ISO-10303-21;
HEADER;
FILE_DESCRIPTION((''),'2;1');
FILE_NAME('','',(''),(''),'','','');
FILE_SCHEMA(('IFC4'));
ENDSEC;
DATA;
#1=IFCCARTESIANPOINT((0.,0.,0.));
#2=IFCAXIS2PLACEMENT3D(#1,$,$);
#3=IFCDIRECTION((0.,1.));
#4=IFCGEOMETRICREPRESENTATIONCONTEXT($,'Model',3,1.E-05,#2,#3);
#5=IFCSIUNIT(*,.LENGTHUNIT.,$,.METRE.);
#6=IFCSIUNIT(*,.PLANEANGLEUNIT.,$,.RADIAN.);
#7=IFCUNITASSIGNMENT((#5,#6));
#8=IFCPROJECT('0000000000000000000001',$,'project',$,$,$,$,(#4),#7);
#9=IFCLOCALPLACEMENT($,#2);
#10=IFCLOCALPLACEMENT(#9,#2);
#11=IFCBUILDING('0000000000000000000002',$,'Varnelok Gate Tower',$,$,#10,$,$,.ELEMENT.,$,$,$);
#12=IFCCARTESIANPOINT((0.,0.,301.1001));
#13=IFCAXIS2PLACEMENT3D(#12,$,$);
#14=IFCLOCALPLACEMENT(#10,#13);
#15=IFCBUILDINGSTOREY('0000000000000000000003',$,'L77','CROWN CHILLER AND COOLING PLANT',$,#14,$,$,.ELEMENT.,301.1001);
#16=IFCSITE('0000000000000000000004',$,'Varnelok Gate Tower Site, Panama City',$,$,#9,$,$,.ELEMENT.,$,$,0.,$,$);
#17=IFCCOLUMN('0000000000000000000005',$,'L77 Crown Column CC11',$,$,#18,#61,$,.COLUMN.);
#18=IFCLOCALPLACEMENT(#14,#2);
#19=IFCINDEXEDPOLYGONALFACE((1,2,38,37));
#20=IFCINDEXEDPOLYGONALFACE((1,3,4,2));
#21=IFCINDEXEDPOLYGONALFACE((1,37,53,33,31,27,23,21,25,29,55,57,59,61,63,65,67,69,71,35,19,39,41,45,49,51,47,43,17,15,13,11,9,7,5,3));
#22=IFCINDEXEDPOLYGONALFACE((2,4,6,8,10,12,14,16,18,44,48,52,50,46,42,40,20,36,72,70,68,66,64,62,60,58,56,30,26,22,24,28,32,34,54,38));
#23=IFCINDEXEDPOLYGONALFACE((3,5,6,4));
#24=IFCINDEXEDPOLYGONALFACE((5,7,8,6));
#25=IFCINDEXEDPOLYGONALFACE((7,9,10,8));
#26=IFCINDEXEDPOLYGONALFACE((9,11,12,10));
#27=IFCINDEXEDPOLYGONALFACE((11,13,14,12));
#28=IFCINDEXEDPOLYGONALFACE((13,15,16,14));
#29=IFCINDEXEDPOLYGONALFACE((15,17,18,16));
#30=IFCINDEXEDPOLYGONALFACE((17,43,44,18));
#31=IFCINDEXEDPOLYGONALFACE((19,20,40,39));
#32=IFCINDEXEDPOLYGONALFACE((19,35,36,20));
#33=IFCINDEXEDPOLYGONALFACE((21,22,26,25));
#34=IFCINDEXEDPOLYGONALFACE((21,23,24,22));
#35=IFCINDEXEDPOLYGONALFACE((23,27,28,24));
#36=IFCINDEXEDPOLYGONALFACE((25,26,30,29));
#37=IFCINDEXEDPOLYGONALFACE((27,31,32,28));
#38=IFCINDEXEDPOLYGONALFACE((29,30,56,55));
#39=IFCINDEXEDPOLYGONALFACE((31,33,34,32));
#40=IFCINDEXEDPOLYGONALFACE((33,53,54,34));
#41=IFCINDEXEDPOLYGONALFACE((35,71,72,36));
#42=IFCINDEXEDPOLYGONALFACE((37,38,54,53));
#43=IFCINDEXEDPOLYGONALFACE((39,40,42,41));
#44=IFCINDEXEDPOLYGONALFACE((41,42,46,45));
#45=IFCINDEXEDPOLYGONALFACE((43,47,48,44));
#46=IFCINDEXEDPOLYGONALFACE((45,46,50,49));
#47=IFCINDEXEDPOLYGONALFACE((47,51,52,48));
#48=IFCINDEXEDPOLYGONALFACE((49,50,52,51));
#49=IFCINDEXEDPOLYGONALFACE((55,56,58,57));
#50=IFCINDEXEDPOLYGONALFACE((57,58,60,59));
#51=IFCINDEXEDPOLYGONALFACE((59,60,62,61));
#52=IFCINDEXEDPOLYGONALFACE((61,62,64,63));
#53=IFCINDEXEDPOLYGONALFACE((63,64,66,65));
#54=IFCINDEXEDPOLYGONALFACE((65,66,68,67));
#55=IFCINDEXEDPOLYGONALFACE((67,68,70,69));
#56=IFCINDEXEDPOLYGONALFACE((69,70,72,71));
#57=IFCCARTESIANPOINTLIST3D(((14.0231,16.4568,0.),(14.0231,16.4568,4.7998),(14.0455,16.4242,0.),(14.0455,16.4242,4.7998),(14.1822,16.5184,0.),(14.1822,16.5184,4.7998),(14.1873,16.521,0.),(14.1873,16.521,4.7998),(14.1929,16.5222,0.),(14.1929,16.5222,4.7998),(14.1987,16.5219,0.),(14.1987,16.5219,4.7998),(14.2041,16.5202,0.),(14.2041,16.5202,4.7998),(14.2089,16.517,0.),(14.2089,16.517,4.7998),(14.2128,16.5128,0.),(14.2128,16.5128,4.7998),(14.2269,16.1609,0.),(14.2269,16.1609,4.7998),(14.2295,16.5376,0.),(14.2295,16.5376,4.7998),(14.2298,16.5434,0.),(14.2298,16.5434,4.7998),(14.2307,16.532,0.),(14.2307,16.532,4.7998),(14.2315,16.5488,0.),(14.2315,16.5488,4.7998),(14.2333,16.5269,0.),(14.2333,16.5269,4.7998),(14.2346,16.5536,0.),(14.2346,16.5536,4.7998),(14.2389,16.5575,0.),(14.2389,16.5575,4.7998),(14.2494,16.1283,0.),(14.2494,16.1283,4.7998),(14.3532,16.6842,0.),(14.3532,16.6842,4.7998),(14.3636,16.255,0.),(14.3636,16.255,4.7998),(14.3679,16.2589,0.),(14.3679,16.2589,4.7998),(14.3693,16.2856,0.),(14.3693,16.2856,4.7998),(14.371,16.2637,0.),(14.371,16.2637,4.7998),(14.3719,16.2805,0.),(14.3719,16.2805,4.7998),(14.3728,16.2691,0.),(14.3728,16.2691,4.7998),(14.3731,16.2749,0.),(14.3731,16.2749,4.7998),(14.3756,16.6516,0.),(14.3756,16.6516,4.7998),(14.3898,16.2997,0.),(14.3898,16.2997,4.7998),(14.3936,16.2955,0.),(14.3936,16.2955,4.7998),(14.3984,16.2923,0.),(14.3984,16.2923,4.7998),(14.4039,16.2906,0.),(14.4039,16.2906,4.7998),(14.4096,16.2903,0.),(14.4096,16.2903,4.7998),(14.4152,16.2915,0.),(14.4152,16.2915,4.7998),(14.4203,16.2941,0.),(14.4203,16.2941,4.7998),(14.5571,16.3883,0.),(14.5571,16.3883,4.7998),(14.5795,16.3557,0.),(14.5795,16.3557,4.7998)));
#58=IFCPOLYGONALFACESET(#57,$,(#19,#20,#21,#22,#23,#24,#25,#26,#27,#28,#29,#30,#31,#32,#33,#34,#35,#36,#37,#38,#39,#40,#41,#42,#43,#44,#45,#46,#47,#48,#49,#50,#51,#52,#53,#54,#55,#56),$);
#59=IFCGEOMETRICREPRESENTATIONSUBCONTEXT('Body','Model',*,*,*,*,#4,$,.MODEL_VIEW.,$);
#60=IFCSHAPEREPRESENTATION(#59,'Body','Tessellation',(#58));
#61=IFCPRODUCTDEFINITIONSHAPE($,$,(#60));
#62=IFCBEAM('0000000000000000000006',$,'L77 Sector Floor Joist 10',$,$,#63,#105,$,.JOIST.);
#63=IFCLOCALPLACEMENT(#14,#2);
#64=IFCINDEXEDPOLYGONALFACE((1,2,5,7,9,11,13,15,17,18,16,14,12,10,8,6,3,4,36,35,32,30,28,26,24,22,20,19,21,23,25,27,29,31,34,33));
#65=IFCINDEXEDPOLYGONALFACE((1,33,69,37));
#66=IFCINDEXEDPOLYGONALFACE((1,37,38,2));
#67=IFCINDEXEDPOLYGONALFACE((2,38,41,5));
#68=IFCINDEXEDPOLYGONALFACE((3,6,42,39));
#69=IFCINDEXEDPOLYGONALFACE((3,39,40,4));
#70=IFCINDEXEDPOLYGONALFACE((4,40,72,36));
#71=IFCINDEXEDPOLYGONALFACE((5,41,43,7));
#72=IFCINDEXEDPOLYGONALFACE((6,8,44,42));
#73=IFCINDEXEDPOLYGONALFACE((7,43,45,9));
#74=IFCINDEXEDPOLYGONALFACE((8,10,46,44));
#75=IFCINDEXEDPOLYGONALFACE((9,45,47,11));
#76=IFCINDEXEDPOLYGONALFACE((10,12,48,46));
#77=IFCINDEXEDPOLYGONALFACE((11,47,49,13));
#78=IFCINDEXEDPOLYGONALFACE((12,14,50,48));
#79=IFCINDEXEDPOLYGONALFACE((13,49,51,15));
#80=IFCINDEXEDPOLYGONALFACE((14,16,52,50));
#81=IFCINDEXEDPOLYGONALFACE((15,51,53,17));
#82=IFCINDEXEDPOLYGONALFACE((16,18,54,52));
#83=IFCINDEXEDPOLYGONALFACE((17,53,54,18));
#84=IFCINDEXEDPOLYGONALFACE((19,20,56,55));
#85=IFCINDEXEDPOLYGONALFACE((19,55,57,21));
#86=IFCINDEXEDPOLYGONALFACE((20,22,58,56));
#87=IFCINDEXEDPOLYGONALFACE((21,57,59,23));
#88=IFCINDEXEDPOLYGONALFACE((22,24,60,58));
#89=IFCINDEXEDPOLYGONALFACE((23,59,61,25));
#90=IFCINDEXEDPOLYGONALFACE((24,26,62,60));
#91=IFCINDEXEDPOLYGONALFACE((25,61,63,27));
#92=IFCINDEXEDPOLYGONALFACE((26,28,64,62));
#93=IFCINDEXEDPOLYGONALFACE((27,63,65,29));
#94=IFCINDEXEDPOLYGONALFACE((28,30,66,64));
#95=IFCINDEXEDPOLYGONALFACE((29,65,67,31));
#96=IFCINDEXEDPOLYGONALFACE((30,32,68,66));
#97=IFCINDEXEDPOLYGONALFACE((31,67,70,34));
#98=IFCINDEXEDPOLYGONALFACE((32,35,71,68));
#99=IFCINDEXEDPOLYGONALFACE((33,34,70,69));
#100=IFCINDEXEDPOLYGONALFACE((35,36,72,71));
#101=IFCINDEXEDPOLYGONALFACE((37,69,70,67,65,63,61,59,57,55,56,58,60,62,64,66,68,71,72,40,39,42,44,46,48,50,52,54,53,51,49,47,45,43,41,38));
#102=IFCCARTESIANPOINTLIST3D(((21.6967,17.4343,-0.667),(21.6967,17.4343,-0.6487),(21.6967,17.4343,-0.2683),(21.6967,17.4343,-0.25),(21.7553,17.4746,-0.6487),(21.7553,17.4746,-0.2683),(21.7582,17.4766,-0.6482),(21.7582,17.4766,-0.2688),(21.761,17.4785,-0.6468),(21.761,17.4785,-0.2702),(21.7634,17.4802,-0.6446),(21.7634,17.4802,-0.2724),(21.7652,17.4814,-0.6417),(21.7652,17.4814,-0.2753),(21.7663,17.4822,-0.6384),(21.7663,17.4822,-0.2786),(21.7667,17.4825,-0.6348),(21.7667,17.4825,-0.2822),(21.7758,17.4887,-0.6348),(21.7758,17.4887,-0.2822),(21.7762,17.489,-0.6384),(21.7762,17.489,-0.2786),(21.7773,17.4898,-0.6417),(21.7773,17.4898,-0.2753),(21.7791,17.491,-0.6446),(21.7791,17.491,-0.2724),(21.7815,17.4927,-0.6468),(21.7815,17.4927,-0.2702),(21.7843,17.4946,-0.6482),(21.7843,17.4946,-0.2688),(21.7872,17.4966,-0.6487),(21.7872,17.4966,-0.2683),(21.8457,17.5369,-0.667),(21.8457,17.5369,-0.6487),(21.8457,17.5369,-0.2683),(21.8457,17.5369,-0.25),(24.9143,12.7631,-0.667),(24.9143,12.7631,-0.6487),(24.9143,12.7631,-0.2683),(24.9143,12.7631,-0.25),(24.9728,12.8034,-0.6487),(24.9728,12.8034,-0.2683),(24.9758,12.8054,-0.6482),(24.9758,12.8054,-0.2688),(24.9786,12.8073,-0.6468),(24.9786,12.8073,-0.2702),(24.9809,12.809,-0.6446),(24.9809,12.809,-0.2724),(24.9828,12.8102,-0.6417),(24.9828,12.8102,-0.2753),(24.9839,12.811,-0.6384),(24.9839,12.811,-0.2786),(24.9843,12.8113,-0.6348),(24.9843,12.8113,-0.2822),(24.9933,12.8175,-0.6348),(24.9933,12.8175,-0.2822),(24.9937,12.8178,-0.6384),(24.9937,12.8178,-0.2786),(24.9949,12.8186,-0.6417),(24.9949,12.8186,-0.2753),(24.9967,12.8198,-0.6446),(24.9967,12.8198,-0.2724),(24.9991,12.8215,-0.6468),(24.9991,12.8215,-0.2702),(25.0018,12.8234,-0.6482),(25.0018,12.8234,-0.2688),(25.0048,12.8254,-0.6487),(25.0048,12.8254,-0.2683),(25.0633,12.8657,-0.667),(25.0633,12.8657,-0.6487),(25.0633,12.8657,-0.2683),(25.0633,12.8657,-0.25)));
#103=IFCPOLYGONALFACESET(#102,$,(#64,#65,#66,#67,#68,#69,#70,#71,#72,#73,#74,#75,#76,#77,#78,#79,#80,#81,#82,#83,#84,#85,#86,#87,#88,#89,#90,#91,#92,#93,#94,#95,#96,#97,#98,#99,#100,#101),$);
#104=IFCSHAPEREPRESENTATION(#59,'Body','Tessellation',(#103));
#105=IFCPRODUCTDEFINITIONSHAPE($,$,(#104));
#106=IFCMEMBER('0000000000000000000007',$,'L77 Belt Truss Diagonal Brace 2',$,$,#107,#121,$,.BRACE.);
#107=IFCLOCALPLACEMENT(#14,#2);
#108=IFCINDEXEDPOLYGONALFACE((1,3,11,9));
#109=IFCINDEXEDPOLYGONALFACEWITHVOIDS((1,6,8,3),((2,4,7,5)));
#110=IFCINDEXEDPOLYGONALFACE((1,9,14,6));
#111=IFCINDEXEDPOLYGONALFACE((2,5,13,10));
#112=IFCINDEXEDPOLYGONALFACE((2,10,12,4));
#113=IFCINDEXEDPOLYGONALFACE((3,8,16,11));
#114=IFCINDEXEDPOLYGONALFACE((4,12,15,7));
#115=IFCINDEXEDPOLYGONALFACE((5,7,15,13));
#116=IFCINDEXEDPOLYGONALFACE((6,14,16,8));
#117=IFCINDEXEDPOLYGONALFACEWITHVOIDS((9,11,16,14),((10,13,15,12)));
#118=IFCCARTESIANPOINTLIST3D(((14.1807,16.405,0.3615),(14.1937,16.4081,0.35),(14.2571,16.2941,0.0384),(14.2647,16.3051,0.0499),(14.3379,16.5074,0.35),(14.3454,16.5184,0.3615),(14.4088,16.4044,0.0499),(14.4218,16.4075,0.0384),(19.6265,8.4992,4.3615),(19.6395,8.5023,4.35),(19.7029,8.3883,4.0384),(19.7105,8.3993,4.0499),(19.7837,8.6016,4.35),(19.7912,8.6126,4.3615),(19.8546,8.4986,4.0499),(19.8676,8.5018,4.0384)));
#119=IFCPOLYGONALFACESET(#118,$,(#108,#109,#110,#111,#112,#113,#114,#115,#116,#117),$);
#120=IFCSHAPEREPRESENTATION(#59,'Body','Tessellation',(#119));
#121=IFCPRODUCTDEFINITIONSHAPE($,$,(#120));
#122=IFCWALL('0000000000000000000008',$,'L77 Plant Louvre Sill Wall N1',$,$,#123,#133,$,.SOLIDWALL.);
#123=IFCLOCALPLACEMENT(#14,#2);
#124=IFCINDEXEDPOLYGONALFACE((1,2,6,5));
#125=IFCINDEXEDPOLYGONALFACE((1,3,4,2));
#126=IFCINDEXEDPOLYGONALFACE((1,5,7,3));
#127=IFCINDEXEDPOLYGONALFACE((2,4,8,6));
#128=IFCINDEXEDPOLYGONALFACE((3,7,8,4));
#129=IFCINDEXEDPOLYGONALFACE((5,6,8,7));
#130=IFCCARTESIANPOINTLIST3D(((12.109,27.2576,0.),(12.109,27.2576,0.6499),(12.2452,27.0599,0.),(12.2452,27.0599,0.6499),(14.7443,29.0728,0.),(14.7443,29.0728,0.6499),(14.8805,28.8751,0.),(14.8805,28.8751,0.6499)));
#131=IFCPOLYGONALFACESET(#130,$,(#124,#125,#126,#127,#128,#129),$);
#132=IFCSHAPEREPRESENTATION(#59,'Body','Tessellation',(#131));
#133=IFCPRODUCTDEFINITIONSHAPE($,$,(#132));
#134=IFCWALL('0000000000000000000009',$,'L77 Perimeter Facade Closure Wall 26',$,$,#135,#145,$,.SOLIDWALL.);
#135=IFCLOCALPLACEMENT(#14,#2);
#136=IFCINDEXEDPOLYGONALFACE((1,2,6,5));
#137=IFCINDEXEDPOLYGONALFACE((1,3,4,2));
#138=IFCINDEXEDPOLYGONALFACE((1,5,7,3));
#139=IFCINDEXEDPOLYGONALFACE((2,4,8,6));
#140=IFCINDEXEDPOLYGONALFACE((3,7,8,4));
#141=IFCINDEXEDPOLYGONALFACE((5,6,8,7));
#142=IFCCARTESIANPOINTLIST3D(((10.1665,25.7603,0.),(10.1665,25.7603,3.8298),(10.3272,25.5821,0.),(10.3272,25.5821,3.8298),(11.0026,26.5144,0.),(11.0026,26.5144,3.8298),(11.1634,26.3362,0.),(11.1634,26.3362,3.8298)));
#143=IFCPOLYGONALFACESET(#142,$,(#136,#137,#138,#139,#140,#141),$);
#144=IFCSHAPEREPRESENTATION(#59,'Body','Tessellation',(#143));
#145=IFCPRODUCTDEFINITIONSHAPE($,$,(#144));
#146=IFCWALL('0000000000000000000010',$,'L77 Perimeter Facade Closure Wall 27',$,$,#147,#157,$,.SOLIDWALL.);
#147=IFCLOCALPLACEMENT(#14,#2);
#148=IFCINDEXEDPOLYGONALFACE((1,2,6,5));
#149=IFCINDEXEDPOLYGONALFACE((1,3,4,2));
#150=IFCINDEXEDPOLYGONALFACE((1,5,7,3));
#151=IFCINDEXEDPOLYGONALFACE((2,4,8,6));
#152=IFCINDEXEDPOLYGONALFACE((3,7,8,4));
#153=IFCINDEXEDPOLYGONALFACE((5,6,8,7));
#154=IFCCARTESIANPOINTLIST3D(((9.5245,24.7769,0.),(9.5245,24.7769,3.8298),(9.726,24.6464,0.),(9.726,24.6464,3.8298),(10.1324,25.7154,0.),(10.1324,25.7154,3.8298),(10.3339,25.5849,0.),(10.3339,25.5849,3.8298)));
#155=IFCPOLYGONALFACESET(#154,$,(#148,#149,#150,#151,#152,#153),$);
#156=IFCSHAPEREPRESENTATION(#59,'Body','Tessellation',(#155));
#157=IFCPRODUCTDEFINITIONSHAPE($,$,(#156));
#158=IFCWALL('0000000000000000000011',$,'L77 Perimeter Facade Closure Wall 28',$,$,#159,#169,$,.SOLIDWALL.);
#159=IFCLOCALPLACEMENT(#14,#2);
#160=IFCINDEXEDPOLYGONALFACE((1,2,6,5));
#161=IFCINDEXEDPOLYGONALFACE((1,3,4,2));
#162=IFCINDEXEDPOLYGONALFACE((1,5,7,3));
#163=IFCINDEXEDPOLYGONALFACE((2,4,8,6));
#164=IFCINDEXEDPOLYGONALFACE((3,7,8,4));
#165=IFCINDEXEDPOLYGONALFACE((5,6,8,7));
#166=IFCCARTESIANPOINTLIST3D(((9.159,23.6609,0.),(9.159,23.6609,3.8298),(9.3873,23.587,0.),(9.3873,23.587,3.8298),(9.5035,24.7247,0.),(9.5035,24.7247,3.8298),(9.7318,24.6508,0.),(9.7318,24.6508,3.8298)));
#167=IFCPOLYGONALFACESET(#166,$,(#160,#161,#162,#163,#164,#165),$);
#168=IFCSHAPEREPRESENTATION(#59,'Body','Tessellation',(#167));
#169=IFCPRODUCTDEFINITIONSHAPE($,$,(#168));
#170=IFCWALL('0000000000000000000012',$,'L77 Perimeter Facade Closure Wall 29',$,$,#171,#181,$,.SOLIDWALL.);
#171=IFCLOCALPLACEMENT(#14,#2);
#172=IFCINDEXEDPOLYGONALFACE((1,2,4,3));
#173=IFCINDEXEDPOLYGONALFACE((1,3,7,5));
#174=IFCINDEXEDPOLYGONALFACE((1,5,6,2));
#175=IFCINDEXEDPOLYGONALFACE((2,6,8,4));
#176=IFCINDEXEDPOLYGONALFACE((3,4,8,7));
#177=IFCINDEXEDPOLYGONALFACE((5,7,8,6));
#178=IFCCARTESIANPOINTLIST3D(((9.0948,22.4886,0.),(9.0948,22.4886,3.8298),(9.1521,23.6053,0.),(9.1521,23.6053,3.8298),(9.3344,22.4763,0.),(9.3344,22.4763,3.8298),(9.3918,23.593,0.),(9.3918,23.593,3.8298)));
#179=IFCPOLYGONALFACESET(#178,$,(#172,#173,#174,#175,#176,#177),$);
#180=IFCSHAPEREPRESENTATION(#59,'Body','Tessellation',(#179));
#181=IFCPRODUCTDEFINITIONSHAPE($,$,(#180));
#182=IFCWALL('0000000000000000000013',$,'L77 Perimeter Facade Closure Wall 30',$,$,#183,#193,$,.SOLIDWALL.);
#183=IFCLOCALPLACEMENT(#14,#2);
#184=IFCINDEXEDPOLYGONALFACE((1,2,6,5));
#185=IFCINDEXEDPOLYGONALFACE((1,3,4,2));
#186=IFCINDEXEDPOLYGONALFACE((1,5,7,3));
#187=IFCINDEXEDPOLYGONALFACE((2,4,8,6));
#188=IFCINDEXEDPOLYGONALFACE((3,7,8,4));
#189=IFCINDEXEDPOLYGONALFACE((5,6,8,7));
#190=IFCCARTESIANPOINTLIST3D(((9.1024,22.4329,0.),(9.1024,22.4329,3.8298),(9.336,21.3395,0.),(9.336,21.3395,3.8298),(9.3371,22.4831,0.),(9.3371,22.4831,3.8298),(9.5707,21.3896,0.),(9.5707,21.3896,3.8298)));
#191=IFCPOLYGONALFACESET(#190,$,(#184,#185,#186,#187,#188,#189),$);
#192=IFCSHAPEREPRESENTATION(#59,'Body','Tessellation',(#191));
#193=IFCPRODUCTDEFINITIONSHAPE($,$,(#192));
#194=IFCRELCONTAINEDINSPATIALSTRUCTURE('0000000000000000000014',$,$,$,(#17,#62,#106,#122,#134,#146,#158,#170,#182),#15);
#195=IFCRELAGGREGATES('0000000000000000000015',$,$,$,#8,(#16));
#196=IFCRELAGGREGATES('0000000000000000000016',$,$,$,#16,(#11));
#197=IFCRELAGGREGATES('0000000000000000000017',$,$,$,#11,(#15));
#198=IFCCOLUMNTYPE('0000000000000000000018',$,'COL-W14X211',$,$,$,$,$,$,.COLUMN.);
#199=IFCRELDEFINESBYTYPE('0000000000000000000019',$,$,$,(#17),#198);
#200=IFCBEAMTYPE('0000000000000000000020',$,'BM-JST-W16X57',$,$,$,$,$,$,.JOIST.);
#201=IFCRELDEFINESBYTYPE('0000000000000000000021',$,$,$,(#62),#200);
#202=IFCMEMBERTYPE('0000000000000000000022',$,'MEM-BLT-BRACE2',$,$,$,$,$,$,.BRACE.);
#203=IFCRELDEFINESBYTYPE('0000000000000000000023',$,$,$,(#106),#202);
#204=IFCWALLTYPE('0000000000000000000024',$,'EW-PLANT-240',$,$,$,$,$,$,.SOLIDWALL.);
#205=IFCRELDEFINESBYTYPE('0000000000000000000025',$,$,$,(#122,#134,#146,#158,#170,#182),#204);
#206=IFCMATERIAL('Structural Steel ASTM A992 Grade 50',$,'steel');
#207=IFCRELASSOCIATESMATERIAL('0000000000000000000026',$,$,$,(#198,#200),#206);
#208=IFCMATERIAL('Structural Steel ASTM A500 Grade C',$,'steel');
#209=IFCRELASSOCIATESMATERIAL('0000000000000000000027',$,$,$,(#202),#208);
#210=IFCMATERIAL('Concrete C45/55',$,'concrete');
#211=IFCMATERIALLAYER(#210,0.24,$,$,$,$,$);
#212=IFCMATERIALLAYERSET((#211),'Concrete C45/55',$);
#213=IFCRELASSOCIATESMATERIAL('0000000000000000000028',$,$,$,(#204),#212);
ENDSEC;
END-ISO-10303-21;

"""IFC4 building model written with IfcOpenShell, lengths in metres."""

from ifc_helpers import new_model, si_unit, direction, frame, frame_2d, origin, origin_2d, place, context, subcontext, project, spatial, rectangle, hollow_rectangle, i_section, extrude, material, layer, layer_set, material_profile, profile_set, type_object, element, save


model = new_model("IFC4")

# Units and contexts
model_context = context("Model", 3, precision=1e-05, world=origin(), true_north=direction((0.0, 1.0)))
body_context = subcontext(model_context, "Body", "Model", "MODEL_VIEW")
ifc_project = project(units=[si_unit("LENGTHUNIT", "METRE"), si_unit("PLANEANGLEUNIT", "RADIAN")], contexts=[model_context])

# Site, building, storey
site_placement = place(None, origin())
site = spatial("IfcSite", under=ifc_project, at=site_placement, Name="Varnelok Gate Tower Site, Panama City", CompositionType="ELEMENT", RefElevation=0.0)
building_placement = place(site_placement, origin())
building = spatial("IfcBuilding", under=site, at=building_placement, Name="Varnelok Gate Tower", CompositionType="ELEMENT")
storey_placement = place(building_placement, frame((0.0, 0.0, 301.1001)))
storey = spatial("IfcBuildingStorey", under=building, at=storey_placement, Name="L77", Description="CROWN CHILLER AND COOLING PLANT", CompositionType="ELEMENT", Elevation=301.1001)

# Column
ifc_material_1 = material(Name="Structural Steel ASTM A992 Grade 50", Category="steel")
ifc_material_profile_1 = material_profile(ifc_material_1, i_section(OverallWidth=0.4009, OverallDepth=0.3989, WebThickness=0.0249, FlangeThickness=0.0396, FilletRadius=0.022, at=origin_2d()), Name="W14X211")
ifc_profile_set_1 = profile_set([ifc_material_profile_1], Name="Structural Steel ASTM A992 Grade 50")
column_type = type_object("IfcColumnType", Name="COL-W14X211", PredefinedType="COLUMN", material=ifc_profile_set_1)
column_placement = place(storey_placement, frame((14.3013, 16.4062, 0.0), z_axis=(0.0, 0.0, 1.0), x_axis=(0.823533, 0.567269, 0.0)))
element("IfcColumn", 1, at=column_placement, inside=storey, type_object=column_type, Name="L77 Crown Column CC11", PredefinedType="COLUMN", context=body_context, shape_type="SweptSolid", body=[
    extrude(i_section(OverallWidth=0.4009, OverallDepth=0.3989, WebThickness=0.0249, FlangeThickness=0.0396, FilletRadius=0.022, at=origin_2d()), origin(), (0.0, 0.0, 1.0), 4.7998),
])

# Beam
ifc_material_profile_2 = material_profile(ifc_material_1, i_section(OverallWidth=0.1809, OverallDepth=0.417, WebThickness=0.011, FlangeThickness=0.0183, FilletRadius=0.0139, at=origin_2d()), Name="W16X57")
ifc_profile_set_2 = profile_set([ifc_material_profile_2], Name="Structural Steel ASTM A992 Grade 50")
beam_type = type_object("IfcBeamType", Name="BM-JST-W16X57", PredefinedType="JOIST", material=ifc_profile_set_2)
beam_placement = place(storey_placement, frame((21.7712, 17.4856, -0.4585), z_axis=(0.567261, -0.823538, 0.0), x_axis=(0.823538, 0.567261, 0.0)))
element("IfcBeam", 2, at=beam_placement, inside=storey, type_object=beam_type, Name="L77 Sector Floor Joist 10", PredefinedType="JOIST", context=body_context, shape_type="SweptSolid", body=[
    extrude(i_section(OverallWidth=0.1809, OverallDepth=0.417, WebThickness=0.011, FlangeThickness=0.0183, FilletRadius=0.0139, at=origin_2d()), origin(), (0.0, 0.0, 1.0), 5.6721),
])

# Member
ifc_material_2 = material(Name="Structural Steel ASTM A500 Grade C", Category="steel")
ifc_material_profile_3 = material_profile(ifc_material_2, hollow_rectangle(XDim=0.2, YDim=0.3501, WallThickness=0.0125, at=origin_2d()), Name="HSS350X200X12")
ifc_profile_set_3 = profile_set([ifc_material_profile_3], Name="Structural Steel ASTM A500 Grade C")
member_type = type_object("IfcMemberType", Name="MEM-BLT-BRACE2", PredefinedType="BRACE", material=ifc_profile_set_3)
member_placement = place(storey_placement, frame((14.3013, 16.4062, 0.2), z_axis=(0.52364, -0.760177, 0.384619), x_axis=(0.823527, 0.567278, 0.0)))
element("IfcMember", 3, at=member_placement, inside=storey, type_object=member_type, Name="L77 Belt Truss Diagonal Brace 2", PredefinedType="BRACE", context=body_context, shape_type="SweptSolid", body=[
    extrude(hollow_rectangle(XDim=0.2, YDim=0.3501, WallThickness=0.0125, at=origin_2d()), origin(), (0.0, 0.0, 1.0), 10.3999),
])

# Walls
ifc_material_3 = material(Name="Concrete C45/55", Category="concrete")
ifc_layer_1 = layer(ifc_material_3, 0.24)
ifc_layer_set_1 = layer_set([ifc_layer_1], Name="Concrete C45/55")
wall_type_1 = type_object("IfcWallType", Name="EW-PLANT-240", PredefinedType="SOLIDWALL", material=ifc_layer_set_1)
wall_1_placement = place(storey_placement, frame((12.177, 27.1587, 0.0), z_axis=(0.0, 0.0, 1.0), x_axis=(0.823538, 0.56726, 0.0)))
element("IfcWall", 4, at=wall_1_placement, inside=storey, type_object=wall_type_1, Name="L77 Plant Louvre Sill Wall N1", PredefinedType="SOLIDWALL", context=body_context, shape_type="SweptSolid", body=[
    extrude(rectangle(XDim=3.2, YDim=0.24, at=frame_2d((1.6001, 0.0))), origin(), (0.0, 0.0, 1.0), 0.6499),
])
wall_2_placement = place(storey_placement, frame((11.083, 26.4253, 0.0), z_axis=(0.0, 0.0, 1.0), x_axis=(-0.742593, -0.669743, 0.0)))
element("IfcWall", 5, at=wall_2_placement, inside=storey, type_object=wall_type_1, Name="L77 Perimeter Facade Closure Wall 26", PredefinedType="SOLIDWALL", context=body_context, shape_type="SweptSolid", body=[
    extrude(rectangle(XDim=1.126, YDim=0.24, at=frame_2d((0.563, 0.0))), origin(), (0.0, 0.0, 1.0), 3.8298),
])
for number, where, z_axis, x_axis, name in (
    (6, (10.2332, 25.6501, 0.0), (0.0, 0.0, 1.0), (-0.543668, -0.839301, 0.0), "L77 Perimeter Facade Closure Wall 27"),
    (7, (9.6177, 24.6877, 0.0), (0.0, 0.0, 1.0), (-0.308094, -0.951356, 0.0), "L77 Perimeter Facade Closure Wall 28"),
    (8, (9.272, 23.5991, 0.0), (0.0, 0.0, 1.0), (-0.05131, -0.998683, 0.0), "L77 Perimeter Facade Closure Wall 29"),
    (9, (9.2197, 22.458, 0.0), (0.0, 0.0, 1.0), (0.208948, -0.977927, 0.0), "L77 Perimeter Facade Closure Wall 30"),
):
    element("IfcWall", number, at=place(storey_placement, frame(where, z_axis=z_axis, x_axis=x_axis)), inside=storey, type_object=wall_type_1, Name=name, PredefinedType="SOLIDWALL", context=body_context, shape_type="SweptSolid", body=[
        extrude(rectangle(XDim=1.1182, YDim=0.24, at=frame_2d((0.5591, 0.0))), origin(), (0.0, 0.0, 1.0), 3.8298),
    ])

save(model, "model.ifc")
